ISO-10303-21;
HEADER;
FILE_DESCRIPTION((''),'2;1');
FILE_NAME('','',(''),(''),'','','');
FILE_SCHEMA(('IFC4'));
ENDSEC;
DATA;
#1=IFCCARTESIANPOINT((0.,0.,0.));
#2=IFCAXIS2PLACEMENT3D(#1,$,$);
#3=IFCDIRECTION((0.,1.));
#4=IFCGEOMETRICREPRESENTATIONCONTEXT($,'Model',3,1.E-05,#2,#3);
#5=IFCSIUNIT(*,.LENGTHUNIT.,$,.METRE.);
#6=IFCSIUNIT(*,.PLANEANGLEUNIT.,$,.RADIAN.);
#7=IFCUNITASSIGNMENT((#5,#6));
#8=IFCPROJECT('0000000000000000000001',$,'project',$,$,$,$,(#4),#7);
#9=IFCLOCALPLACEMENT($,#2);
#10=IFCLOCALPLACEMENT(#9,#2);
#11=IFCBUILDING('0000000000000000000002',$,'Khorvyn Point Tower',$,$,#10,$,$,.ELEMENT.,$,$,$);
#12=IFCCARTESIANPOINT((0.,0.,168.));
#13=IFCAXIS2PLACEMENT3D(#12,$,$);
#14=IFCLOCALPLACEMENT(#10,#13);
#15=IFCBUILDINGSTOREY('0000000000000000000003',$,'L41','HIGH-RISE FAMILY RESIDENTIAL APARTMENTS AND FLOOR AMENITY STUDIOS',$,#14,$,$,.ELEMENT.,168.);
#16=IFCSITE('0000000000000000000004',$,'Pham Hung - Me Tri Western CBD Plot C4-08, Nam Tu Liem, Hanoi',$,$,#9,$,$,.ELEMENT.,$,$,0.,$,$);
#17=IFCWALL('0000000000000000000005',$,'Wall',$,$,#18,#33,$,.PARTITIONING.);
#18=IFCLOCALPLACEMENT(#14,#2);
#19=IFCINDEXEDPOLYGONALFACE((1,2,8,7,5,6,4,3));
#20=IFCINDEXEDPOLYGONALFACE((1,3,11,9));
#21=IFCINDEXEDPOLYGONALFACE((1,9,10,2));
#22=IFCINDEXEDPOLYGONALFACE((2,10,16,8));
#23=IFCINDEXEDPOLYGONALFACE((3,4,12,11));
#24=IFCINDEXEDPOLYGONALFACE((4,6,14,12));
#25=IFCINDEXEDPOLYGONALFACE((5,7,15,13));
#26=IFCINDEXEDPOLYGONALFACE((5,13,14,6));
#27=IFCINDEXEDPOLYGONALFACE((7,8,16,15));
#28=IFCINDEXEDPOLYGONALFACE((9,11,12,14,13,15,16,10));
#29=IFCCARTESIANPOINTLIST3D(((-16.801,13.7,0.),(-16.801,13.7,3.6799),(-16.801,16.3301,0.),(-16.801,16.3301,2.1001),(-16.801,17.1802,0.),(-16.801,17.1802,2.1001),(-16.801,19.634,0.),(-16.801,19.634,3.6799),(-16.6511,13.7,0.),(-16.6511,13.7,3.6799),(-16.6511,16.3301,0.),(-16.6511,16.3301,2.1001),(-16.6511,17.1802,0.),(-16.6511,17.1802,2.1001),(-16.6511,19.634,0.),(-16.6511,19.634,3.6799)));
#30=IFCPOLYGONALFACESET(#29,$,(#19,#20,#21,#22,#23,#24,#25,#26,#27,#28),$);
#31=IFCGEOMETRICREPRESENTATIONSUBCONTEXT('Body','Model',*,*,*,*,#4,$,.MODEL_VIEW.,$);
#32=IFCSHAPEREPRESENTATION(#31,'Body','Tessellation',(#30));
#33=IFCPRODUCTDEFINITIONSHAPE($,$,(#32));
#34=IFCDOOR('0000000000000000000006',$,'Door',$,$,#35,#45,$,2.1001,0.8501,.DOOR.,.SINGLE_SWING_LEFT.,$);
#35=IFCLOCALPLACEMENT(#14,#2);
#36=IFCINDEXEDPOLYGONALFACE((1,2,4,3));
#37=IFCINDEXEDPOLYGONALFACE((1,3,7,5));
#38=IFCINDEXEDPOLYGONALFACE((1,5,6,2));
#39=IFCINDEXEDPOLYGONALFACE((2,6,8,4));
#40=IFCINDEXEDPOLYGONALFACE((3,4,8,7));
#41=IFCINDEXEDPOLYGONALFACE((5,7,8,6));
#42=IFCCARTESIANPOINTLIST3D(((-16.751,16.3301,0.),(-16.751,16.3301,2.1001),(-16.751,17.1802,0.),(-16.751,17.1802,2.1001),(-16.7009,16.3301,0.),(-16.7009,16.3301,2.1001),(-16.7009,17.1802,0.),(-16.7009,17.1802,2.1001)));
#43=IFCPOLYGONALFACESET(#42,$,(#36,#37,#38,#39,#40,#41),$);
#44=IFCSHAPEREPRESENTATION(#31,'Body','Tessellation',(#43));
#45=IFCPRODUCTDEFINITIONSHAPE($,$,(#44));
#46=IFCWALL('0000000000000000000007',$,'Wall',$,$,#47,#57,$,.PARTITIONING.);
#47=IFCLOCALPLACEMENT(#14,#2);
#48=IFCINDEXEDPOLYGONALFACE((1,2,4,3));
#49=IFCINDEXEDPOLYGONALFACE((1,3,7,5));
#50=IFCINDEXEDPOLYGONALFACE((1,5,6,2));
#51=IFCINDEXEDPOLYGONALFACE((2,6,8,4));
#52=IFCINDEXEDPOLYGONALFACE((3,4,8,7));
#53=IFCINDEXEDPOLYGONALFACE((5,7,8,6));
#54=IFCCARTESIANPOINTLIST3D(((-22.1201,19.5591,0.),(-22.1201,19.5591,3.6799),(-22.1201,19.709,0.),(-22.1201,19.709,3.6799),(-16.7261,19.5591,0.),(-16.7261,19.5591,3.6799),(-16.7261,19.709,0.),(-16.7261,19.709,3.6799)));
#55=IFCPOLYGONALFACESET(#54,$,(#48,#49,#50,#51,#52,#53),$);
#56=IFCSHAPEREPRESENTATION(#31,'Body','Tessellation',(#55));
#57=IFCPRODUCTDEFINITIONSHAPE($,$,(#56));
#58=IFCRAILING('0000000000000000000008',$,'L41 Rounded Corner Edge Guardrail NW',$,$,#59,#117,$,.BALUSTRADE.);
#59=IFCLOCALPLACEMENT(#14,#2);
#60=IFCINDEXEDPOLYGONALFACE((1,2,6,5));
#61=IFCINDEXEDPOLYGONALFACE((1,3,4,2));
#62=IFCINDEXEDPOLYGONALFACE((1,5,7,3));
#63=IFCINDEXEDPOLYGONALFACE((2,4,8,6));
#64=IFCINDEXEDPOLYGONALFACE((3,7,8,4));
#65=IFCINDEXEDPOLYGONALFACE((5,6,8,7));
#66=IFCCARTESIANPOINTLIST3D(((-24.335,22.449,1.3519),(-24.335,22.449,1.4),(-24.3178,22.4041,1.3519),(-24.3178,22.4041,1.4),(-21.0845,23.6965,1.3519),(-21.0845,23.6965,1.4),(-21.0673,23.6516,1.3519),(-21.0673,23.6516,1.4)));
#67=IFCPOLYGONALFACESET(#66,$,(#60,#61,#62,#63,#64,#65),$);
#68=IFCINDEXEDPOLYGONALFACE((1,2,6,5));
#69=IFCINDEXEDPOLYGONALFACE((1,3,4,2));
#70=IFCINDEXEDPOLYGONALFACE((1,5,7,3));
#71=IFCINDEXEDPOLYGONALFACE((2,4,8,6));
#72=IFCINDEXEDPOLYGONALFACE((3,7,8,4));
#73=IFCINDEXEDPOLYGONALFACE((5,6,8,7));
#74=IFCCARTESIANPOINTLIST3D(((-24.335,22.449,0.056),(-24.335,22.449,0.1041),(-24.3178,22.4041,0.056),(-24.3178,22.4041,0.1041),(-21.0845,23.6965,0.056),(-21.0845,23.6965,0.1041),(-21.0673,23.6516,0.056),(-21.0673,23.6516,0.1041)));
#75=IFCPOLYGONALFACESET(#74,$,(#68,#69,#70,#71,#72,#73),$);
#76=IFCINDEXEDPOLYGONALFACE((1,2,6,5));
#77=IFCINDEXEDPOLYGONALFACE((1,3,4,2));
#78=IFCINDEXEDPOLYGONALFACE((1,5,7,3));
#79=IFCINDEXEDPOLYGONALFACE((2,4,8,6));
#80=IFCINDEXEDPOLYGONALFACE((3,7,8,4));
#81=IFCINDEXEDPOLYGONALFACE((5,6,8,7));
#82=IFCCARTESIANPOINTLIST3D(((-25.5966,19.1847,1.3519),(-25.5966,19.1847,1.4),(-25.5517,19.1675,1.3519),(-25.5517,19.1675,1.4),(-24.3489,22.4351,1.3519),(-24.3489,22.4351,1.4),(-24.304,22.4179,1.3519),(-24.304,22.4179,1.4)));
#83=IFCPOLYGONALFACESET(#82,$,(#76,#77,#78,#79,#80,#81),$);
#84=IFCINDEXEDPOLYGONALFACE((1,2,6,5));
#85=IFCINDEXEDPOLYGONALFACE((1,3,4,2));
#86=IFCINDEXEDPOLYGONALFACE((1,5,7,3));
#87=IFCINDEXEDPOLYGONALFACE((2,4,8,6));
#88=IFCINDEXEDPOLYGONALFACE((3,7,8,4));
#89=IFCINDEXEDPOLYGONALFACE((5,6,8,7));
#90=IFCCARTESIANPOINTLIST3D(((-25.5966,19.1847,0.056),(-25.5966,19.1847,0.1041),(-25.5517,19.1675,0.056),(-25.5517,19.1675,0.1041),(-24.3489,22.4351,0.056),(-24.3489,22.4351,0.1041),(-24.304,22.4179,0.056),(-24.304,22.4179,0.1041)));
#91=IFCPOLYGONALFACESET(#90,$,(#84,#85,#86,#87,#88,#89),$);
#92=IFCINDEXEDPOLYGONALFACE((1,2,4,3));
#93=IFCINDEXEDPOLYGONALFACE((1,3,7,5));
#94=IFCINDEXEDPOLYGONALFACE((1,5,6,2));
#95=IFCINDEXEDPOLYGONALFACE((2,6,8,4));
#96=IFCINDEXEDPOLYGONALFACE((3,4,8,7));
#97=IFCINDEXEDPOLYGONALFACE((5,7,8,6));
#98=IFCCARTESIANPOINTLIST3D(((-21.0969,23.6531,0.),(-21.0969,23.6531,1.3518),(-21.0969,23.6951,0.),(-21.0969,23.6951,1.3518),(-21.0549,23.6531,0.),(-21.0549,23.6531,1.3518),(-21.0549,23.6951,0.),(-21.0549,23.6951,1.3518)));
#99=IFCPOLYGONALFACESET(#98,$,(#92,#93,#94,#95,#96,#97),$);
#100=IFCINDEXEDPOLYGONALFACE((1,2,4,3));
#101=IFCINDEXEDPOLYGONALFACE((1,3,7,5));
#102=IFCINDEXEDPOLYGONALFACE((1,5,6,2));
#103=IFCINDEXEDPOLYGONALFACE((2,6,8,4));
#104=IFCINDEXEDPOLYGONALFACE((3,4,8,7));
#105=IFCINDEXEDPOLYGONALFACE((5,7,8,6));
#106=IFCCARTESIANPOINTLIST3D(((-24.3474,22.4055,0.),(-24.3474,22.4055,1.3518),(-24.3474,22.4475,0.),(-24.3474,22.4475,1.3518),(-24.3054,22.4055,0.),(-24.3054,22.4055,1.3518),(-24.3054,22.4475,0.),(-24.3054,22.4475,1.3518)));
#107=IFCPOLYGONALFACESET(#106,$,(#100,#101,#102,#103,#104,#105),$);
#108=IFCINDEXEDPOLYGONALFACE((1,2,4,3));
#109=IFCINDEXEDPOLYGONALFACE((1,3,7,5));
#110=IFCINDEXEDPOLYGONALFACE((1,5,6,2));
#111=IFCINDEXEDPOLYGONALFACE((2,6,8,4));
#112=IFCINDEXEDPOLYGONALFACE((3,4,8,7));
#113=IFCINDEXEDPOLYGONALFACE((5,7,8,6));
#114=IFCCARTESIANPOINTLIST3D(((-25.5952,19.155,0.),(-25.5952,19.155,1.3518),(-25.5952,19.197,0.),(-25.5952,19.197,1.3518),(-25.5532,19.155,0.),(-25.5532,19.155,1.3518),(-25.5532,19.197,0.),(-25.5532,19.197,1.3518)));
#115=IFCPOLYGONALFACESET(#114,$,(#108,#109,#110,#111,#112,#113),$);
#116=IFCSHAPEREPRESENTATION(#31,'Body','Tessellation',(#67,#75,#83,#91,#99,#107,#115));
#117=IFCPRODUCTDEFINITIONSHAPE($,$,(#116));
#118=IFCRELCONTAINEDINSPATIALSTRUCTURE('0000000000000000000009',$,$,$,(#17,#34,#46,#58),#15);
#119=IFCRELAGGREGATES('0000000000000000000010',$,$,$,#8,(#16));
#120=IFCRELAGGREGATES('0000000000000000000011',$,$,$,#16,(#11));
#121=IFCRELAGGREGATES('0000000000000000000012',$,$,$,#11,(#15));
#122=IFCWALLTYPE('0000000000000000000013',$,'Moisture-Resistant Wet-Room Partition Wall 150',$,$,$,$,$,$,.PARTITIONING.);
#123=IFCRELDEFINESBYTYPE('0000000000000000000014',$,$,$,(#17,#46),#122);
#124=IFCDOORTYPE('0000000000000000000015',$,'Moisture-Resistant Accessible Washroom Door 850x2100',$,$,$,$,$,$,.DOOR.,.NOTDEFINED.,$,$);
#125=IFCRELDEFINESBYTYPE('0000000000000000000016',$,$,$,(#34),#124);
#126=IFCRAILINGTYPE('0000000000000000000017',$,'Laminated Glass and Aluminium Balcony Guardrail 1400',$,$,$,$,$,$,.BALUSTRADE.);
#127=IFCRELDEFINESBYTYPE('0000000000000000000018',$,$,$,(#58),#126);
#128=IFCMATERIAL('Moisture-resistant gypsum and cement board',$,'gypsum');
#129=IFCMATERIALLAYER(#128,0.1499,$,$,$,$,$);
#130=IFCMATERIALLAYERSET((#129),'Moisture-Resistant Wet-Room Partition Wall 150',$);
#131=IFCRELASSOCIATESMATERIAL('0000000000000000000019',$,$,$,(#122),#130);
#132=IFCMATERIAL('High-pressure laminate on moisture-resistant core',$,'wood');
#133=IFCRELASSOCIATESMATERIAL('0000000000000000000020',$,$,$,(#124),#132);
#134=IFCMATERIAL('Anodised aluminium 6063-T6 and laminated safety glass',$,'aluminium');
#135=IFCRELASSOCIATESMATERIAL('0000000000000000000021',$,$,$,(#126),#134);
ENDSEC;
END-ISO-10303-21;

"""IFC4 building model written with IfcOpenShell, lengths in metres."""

from ifc_helpers import new_model, si_unit, direction, frame, frame_2d, origin, origin_2d, place, context, subcontext, project, spatial, rectangle, extrude, material, layer, layer_set, type_object, element, fill, save


model = new_model("IFC4")

# Units and contexts
model_context = context("Model", 3, precision=1e-05, world=origin(), true_north=direction((0.0, 1.0)))
body_context = subcontext(model_context, "Body", "Model", "MODEL_VIEW")
ifc_project = project(units=[si_unit("LENGTHUNIT", "METRE"), si_unit("PLANEANGLEUNIT", "RADIAN")], contexts=[model_context])

# Site, building, storey
site_placement = place(None, origin())
site = spatial("IfcSite", under=ifc_project, at=site_placement, Name="Pham Hung - Me Tri Western CBD Plot C4-08, Nam Tu Liem, Hanoi", CompositionType="ELEMENT", RefElevation=0.0)
building_placement = place(site_placement, origin())
building = spatial("IfcBuilding", under=site, at=building_placement, Name="Khorvyn Point Tower", CompositionType="ELEMENT")
storey_placement = place(building_placement, frame((0.0, 0.0, 168.0)))
storey = spatial("IfcBuildingStorey", under=building, at=storey_placement, Name="L41", Description="HIGH-RISE FAMILY RESIDENTIAL APARTMENTS AND FLOOR AMENITY STUDIOS", CompositionType="ELEMENT", Elevation=168.0)

# Wall, opening, door
ifc_material_1 = material(Name="Moisture-resistant gypsum and cement board", Category="gypsum")
ifc_layer_1 = layer(ifc_material_1, 0.1499)
ifc_layer_set_1 = layer_set([ifc_layer_1], Name="Moisture-Resistant Wet-Room Partition Wall 150")
wall_type_1 = type_object("IfcWallType", Name="Moisture-Resistant Wet-Room Partition Wall 150", PredefinedType="PARTITIONING", material=ifc_layer_set_1)
wall_1_placement = place(storey_placement, frame((-16.7261, 13.7, 0.0), z_axis=(0.0, 0.0, 1.0), x_axis=(0.0, 1.0, 0.0)))
wall_1 = element("IfcWall", 1, at=wall_1_placement, inside=storey, type_object=wall_type_1, Name="Wall", PredefinedType="PARTITIONING", context=body_context, shape_type="SweptSolid", body=[
    extrude(rectangle(XDim=5.9341, YDim=0.1499, at=frame_2d((2.967, 0.0))), origin(), (0.0, 0.0, 1.0), 3.6799),
])
opening_1_placement = place(wall_1_placement, frame((2.6301, 0.0, 0.0)))
opening_1 = element("IfcOpeningElement", 2, at=opening_1_placement, cuts=wall_1, PredefinedType="OPENING", context=body_context, shape_type="SweptSolid", body=[
    extrude(rectangle(XDim=0.8501, YDim=2.1001, at=frame_2d((0.425, 1.05))), frame((0.0, 0.085, 0.0), z_axis=(0.0, -1.0, 0.0), x_axis=(1.0, 0.0, 0.0)), (0.0, 0.0, 1.0), 0.1699),
])
ifc_material_2 = material(Name="High-pressure laminate on moisture-resistant core", Category="wood")
door_type_1 = type_object("IfcDoorType", Name="Moisture-Resistant Accessible Washroom Door 850x2100", OperationType="NOTDEFINED", PredefinedType="DOOR", material=ifc_material_2)
door_1_placement = place(opening_1_placement, origin())
door_1 = element("IfcDoor", 3, at=door_1_placement, inside=storey, type_object=door_type_1, Name="Door", OperationType="SINGLE_SWING_LEFT", OverallHeight=2.1001, OverallWidth=0.8501, PredefinedType="DOOR", context=body_context, shape_type="SweptSolid", body=[
    extrude(rectangle(XDim=0.8501, YDim=2.1001, at=frame_2d((0.425, 1.05))), frame((0.0, 0.0249, 0.0), z_axis=(0.0, -1.0, 0.0), x_axis=(1.0, 0.0, 0.0)), (0.0, 0.0, 1.0), 0.05),
])
fill(opening_1, door_1)

# Wall
wall_2_placement = place(storey_placement, frame((-22.1201, 19.634, 0.0), z_axis=(0.0, 0.0, 1.0), x_axis=(1.0, 0.0, 0.0)))
element("IfcWall", 4, at=wall_2_placement, inside=storey, type_object=wall_type_1, Name="Wall", PredefinedType="PARTITIONING", context=body_context, shape_type="SweptSolid", body=[
    extrude(rectangle(XDim=5.394, YDim=0.1499, at=frame_2d((2.697, 0.0))), origin(), (0.0, 0.0, 1.0), 3.6799),
])

# Railing
ifc_material_3 = material(Name="Anodised aluminium 6063-T6 and laminated safety glass", Category="aluminium")
railing_type = type_object("IfcRailingType", Name="Laminated Glass and Aluminium Balcony Guardrail 1400", PredefinedType="BALUSTRADE", material=ifc_material_3)
railing_placement = place(storey_placement, frame((-21.0759, 23.6741, 0.0)))
element("IfcRailing", 5, at=railing_placement, inside=storey, type_object=railing_type, Name="L41 Rounded Corner Edge Guardrail NW", PredefinedType="BALUSTRADE", context=body_context, shape_type="SweptSolid", body=[
    extrude(rectangle(XDim=0.0481, YDim=0.0481, at=origin_2d()), frame((0.0, 0.0, 1.376), z_axis=(-0.933598, -0.358321, 0.0), x_axis=(0.358321, -0.933598, 0.0)), (0.0, 0.0, 1.0), 3.4817),
    extrude(rectangle(XDim=0.0481, YDim=0.0481, at=origin_2d()), frame((0.0, 0.0, 0.0801), z_axis=(-0.933598, -0.358321, 0.0), x_axis=(0.358321, -0.933598, 0.0)), (0.0, 0.0, 1.0), 3.4817),
    extrude(rectangle(XDim=0.0481, YDim=0.0481, at=origin_2d()), frame((-3.2505, -1.2476, 1.376), z_axis=(-0.358382, -0.933575, 0.0), x_axis=(0.933575, -0.358382, 0.0)), (0.0, 0.0, 1.0), 3.4817),
    extrude(rectangle(XDim=0.0481, YDim=0.0481, at=origin_2d()), frame((-3.2505, -1.2476, 0.0801), z_axis=(-0.358382, -0.933575, 0.0), x_axis=(0.933575, -0.358382, 0.0)), (0.0, 0.0, 1.0), 3.4817),
    extrude(rectangle(XDim=0.042, YDim=0.042, at=origin_2d()), origin(), (0.0, 0.0, 1.0), 1.3518),
    extrude(rectangle(XDim=0.042, YDim=0.042, at=origin_2d()), frame((-3.2505, -1.2476, 0.0)), (0.0, 0.0, 1.0), 1.3518),
    extrude(rectangle(XDim=0.042, YDim=0.042, at=origin_2d()), frame((-4.4983, -4.498, 0.0)), (0.0, 0.0, 1.0), 1.3518),
])

save(model, "model.ifc")
